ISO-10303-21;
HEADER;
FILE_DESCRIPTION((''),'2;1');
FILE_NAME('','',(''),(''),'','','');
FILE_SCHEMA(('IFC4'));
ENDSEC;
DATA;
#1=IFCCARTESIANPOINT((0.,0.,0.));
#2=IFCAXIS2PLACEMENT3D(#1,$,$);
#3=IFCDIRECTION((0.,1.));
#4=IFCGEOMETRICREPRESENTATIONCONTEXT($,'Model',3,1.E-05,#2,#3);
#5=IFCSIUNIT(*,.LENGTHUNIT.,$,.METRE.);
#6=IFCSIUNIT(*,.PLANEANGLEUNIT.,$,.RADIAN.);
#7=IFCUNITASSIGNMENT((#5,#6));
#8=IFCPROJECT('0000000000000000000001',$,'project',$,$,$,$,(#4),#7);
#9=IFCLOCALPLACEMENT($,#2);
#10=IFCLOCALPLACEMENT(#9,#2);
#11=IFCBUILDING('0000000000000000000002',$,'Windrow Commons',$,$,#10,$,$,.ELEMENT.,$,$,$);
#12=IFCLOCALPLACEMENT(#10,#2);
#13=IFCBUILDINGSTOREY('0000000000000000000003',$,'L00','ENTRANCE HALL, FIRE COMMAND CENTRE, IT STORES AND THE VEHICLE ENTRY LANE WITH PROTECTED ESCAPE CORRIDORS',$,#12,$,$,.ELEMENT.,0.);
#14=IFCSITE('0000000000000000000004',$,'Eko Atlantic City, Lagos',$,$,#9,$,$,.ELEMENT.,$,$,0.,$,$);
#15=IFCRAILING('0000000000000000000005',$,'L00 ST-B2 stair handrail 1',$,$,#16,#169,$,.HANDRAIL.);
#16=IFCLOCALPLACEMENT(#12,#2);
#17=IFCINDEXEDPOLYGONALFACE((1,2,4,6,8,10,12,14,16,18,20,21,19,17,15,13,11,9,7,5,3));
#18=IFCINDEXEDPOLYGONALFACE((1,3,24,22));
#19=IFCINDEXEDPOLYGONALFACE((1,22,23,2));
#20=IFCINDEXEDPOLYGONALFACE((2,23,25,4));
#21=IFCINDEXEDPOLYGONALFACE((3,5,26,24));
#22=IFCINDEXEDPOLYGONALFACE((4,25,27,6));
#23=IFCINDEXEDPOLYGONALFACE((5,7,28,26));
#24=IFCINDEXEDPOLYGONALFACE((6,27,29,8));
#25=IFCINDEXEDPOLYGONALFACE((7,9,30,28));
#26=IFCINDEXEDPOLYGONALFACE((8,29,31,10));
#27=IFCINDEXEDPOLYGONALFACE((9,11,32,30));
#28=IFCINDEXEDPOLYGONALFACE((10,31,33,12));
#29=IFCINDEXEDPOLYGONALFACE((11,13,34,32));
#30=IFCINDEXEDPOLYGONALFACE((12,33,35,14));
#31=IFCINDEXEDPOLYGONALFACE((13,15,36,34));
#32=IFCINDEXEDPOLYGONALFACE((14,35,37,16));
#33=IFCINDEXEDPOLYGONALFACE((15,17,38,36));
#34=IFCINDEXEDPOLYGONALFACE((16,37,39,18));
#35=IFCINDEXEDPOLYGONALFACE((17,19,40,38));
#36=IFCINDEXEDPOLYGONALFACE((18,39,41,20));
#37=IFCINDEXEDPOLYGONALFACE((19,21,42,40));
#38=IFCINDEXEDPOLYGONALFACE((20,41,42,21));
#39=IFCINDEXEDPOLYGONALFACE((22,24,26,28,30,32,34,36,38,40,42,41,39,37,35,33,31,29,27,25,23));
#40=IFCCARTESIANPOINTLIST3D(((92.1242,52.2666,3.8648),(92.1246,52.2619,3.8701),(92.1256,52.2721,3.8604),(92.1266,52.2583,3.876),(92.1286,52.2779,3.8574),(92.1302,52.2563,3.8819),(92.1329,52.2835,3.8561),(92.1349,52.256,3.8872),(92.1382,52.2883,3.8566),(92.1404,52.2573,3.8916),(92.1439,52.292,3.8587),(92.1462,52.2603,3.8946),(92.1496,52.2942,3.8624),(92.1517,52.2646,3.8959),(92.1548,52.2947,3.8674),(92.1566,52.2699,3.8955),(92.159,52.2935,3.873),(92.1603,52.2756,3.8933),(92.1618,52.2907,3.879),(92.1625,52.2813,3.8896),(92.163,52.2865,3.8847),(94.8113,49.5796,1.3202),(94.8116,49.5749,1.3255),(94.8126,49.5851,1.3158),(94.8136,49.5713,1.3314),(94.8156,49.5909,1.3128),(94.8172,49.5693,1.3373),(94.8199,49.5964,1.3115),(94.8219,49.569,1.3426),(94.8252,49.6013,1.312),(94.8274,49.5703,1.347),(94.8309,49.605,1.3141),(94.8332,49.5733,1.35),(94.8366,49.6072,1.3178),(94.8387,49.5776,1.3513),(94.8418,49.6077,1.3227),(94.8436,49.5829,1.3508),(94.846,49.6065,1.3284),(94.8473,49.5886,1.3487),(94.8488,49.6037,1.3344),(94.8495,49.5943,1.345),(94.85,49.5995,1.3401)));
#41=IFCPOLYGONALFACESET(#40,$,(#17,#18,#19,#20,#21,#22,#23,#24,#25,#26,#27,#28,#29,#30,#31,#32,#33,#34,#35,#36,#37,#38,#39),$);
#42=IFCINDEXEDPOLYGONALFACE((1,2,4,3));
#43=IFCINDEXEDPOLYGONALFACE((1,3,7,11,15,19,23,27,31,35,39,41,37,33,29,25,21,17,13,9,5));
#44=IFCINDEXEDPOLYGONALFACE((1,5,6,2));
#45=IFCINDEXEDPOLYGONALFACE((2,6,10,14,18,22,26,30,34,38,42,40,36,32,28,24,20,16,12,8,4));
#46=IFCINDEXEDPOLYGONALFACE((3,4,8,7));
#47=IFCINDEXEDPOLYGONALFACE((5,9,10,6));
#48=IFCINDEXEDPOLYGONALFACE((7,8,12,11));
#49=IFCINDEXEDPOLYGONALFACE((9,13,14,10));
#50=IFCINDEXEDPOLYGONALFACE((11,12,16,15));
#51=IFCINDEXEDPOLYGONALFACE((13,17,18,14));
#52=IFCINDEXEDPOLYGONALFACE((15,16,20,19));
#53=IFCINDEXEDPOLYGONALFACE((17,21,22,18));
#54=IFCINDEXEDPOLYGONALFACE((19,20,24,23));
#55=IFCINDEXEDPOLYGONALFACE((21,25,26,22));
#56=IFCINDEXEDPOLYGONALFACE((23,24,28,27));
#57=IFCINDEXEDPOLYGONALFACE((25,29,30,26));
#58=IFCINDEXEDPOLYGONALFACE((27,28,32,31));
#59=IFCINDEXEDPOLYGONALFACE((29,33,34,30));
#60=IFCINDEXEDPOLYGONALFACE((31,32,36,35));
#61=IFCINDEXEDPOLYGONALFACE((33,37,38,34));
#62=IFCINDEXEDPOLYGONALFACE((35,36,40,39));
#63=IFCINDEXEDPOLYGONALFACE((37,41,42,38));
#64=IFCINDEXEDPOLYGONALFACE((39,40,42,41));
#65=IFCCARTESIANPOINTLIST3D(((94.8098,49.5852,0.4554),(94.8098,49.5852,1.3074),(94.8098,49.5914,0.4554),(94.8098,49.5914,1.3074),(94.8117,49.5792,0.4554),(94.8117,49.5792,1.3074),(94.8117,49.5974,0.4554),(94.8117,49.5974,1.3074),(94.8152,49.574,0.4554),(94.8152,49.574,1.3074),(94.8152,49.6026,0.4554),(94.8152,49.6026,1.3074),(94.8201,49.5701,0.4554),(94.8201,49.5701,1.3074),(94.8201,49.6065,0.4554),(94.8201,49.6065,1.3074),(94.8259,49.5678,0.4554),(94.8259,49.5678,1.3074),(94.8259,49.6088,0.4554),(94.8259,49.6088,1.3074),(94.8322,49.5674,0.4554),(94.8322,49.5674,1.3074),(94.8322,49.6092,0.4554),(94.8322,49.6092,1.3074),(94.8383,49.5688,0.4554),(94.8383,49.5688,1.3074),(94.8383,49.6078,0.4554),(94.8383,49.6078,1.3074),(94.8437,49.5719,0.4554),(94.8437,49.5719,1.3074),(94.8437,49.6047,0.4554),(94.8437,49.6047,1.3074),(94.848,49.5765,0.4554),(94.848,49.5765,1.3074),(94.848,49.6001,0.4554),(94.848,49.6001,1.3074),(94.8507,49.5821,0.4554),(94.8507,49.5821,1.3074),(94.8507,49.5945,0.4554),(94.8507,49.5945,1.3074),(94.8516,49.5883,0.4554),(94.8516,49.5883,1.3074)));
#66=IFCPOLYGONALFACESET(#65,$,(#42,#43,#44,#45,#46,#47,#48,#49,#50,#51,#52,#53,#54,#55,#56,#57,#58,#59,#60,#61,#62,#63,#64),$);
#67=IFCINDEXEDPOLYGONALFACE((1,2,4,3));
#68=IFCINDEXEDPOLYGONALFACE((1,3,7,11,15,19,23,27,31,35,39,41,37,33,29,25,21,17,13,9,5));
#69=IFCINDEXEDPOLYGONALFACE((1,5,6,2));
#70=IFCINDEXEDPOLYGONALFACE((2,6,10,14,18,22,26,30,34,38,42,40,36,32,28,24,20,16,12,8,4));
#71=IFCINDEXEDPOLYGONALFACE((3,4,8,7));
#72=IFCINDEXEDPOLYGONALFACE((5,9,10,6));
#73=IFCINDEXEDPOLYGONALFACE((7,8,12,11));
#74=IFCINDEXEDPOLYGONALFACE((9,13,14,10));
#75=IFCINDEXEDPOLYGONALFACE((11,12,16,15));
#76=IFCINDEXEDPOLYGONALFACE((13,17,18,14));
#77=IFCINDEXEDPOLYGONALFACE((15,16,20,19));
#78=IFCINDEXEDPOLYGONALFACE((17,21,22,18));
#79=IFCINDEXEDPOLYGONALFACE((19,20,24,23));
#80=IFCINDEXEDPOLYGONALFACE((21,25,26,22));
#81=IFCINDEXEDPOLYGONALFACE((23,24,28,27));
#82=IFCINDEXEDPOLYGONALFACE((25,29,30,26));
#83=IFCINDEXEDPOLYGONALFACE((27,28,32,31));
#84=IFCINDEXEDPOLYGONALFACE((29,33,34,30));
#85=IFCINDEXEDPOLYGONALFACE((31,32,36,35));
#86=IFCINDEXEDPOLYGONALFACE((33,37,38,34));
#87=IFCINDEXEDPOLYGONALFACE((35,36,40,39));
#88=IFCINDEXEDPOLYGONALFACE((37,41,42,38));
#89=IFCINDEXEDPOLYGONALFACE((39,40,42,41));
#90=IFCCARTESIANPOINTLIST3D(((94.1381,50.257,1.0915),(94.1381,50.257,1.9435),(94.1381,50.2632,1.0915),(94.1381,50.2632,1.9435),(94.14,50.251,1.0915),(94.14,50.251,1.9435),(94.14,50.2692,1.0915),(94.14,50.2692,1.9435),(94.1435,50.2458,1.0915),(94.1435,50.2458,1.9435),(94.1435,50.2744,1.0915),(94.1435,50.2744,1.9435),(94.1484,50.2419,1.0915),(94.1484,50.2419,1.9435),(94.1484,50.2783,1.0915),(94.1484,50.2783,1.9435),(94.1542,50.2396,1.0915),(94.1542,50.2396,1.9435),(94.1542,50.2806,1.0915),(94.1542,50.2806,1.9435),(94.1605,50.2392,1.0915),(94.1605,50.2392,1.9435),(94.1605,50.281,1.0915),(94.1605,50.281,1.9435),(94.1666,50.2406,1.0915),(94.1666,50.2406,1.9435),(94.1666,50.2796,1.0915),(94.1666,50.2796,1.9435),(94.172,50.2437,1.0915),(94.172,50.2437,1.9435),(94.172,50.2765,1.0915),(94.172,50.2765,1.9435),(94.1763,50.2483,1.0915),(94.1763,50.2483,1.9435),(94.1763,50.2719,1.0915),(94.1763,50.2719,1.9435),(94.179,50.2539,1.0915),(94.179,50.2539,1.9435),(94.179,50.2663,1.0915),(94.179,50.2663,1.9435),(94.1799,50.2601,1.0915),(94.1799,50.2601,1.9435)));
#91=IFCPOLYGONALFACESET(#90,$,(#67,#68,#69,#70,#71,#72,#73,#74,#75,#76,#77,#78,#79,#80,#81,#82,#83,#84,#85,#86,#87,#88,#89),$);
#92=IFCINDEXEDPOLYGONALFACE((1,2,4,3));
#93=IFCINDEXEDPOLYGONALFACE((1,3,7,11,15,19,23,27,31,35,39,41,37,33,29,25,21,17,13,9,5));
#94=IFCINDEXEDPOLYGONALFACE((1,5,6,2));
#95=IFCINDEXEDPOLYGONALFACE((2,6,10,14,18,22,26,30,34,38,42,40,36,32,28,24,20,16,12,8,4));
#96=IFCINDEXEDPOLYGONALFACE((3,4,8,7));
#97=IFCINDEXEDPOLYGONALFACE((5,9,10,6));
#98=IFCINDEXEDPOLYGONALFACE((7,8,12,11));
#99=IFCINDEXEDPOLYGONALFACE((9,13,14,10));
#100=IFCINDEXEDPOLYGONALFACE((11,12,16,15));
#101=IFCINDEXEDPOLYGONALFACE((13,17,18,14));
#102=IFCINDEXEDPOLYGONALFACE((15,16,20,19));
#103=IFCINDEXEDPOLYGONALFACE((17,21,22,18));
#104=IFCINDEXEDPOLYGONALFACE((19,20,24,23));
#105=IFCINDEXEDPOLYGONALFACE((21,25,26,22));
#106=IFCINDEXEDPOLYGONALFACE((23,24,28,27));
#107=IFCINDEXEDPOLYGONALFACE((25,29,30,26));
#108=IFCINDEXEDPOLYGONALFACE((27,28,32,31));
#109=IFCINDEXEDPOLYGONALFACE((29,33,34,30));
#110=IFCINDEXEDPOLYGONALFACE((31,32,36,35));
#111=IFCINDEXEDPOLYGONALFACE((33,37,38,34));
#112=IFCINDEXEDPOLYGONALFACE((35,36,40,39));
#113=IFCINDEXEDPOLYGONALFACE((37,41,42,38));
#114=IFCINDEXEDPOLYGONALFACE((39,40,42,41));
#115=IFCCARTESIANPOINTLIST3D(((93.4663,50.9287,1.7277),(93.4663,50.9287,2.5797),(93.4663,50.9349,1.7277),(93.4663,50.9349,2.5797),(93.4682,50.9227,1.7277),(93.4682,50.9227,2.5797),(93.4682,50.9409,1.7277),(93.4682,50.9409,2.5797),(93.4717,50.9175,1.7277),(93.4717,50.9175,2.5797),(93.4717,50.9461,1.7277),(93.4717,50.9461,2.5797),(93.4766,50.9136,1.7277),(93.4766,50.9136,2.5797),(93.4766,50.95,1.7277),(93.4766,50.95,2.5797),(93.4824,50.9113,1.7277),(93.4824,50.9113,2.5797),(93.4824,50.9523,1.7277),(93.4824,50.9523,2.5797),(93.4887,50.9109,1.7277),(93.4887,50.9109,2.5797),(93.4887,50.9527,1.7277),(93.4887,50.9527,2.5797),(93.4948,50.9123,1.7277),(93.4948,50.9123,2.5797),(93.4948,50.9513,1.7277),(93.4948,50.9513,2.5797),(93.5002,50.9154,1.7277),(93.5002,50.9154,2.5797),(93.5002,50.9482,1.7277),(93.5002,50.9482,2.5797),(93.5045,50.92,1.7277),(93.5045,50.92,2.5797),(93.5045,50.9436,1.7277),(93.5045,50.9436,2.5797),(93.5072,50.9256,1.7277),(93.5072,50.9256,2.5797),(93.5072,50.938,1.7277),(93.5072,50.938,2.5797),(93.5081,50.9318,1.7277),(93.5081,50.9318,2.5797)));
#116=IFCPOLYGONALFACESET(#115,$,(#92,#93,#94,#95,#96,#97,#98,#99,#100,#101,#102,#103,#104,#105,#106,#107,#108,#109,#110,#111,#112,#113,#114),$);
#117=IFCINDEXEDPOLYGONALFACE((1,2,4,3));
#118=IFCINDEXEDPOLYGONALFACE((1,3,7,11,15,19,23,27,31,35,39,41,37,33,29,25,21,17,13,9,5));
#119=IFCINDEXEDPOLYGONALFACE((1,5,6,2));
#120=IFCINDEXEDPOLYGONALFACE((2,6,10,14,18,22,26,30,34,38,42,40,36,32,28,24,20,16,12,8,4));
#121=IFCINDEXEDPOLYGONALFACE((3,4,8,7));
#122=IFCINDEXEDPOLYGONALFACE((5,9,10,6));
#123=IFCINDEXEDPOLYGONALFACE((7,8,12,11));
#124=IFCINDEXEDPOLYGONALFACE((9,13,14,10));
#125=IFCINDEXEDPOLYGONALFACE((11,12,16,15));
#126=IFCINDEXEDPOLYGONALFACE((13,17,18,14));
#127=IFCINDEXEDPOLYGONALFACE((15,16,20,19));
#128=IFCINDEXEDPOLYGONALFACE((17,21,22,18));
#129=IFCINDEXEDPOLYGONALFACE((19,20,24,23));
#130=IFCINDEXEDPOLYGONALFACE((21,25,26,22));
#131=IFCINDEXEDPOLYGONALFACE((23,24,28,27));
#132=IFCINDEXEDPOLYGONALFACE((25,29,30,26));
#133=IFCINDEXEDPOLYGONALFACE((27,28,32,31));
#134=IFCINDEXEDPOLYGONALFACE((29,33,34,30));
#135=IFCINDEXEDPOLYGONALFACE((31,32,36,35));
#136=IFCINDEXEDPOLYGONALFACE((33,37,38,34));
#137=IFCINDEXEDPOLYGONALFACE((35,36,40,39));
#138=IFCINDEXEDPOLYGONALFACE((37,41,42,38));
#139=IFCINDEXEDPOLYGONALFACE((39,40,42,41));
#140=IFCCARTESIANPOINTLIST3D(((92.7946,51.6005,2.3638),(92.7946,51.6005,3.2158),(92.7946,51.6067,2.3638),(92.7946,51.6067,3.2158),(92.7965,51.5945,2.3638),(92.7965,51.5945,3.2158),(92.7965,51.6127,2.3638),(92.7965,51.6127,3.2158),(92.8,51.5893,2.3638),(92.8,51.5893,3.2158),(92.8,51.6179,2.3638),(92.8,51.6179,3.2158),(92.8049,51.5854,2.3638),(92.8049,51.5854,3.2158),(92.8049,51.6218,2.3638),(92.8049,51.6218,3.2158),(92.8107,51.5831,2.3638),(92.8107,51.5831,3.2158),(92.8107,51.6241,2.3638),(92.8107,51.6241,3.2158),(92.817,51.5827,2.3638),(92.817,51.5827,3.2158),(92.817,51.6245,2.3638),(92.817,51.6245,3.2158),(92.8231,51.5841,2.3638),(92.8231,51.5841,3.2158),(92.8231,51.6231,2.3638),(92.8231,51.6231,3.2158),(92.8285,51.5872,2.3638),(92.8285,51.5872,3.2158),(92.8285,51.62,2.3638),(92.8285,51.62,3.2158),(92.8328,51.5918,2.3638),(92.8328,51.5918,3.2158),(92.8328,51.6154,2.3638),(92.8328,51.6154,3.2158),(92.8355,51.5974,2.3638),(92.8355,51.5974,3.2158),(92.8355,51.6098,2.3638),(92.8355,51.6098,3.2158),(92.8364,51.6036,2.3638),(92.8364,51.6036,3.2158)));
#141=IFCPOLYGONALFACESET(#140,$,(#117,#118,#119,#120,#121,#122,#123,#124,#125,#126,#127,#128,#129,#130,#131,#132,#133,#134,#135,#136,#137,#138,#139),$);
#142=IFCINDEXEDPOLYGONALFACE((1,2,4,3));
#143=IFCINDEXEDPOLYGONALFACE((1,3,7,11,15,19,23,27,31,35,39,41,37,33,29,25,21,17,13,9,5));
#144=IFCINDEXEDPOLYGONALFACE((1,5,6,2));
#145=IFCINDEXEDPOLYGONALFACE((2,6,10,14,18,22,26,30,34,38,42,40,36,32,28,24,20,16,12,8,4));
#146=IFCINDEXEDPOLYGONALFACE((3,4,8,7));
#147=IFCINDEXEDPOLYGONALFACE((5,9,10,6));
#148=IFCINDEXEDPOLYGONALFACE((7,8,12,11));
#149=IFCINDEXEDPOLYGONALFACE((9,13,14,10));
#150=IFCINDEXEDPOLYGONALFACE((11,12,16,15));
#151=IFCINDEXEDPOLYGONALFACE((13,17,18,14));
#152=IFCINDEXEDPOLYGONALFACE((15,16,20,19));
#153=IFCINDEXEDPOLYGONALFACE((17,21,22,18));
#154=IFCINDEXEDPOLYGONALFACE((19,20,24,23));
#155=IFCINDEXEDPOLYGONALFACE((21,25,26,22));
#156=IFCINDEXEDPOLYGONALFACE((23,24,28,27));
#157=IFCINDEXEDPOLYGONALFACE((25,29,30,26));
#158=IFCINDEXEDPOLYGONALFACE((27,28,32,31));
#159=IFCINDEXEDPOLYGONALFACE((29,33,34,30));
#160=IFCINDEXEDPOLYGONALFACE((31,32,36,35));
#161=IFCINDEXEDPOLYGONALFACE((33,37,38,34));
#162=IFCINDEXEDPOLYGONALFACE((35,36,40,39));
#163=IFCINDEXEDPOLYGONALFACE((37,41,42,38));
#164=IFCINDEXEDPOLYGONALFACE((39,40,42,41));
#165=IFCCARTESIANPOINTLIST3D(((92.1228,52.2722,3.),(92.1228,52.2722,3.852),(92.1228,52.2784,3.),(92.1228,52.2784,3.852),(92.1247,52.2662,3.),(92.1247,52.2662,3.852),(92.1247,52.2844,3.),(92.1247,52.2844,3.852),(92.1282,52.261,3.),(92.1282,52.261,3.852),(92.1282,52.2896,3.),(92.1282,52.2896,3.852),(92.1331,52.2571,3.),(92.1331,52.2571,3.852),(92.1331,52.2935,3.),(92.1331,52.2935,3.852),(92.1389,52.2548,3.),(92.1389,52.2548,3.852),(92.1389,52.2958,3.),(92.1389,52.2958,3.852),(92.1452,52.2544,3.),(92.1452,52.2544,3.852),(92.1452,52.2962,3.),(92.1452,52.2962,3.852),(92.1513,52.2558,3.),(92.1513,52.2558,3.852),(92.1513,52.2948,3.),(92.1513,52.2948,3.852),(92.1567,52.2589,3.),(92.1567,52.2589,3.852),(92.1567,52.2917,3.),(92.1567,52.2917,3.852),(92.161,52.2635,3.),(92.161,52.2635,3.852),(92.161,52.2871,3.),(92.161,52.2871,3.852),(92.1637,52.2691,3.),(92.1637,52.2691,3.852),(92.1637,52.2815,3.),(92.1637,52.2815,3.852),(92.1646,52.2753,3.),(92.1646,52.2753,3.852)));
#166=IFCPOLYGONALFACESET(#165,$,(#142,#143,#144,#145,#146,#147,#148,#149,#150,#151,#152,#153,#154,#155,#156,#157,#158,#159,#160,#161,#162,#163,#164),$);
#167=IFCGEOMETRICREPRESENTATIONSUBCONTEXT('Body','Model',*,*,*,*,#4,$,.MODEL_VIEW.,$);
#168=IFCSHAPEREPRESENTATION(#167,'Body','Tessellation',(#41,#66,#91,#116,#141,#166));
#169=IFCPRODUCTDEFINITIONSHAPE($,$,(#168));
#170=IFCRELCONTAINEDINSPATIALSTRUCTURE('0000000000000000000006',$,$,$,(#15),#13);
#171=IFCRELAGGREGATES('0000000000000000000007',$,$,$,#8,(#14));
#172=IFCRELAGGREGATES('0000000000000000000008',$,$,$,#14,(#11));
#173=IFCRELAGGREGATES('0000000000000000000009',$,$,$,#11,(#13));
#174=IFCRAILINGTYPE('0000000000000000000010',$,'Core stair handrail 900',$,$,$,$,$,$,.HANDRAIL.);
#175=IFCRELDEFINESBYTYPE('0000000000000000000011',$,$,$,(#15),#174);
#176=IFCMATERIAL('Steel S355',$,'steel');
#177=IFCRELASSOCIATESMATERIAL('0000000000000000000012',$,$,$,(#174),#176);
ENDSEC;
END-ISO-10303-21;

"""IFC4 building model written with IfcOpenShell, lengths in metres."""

from ifc_helpers import new_model, si_unit, direction, frame, origin, origin_2d, place, context, subcontext, project, spatial, circle, extrude, material, type_object, element, save


model = new_model("IFC4")

# Units and contexts
model_context = context("Model", 3, precision=1e-05, world=origin(), true_north=direction((0.0, 1.0)))
body_context = subcontext(model_context, "Body", "Model", "MODEL_VIEW")
ifc_project = project(units=[si_unit("LENGTHUNIT", "METRE"), si_unit("PLANEANGLEUNIT", "RADIAN")], contexts=[model_context])

# Site, building, storey
site_placement = place(None, origin())
site = spatial("IfcSite", under=ifc_project, at=site_placement, Name="Eko Atlantic City, Lagos", CompositionType="ELEMENT", RefElevation=0.0)
building_placement = place(site_placement, origin())
building = spatial("IfcBuilding", under=site, at=building_placement, Name="Windrow Commons", CompositionType="ELEMENT")
storey_placement = place(building_placement, origin())
storey = spatial("IfcBuildingStorey", under=building, at=storey_placement, Name="L00", Description="ENTRANCE HALL, FIRE COMMAND CENTRE, IT STORES AND THE VEHICLE ENTRY LANE WITH PROTECTED ESCAPE CORRIDORS", CompositionType="ELEMENT", Elevation=0.0)

# Railing
ifc_material_1 = material(Name="Steel S355", Category="steel")
railing_type_1 = type_object("IfcRailingType", Name="Core stair handrail 900", PredefinedType="HANDRAIL", material=ifc_material_1)
railing_1_placement = place(storey_placement, frame((94.8306, 49.5883, 0.4554)))
element("IfcRailing", 1, at=railing_1_placement, inside=storey, type_object=railing_type_1, Name="L00 ST-B2 stair handrail 1", PredefinedType="HANDRAIL", context=body_context, shape_type="SweptSolid", body=[
    extrude(circle(Radius=0.024, at=origin_2d()), frame((0.0, 0.0, 0.876), z_axis=(-0.587543, 0.587543, 0.556405), x_axis=(-0.707107, -0.707107, 0.0)), (0.0, 0.0, 1.0), 4.5733),
    extrude(circle(Radius=0.021, at=origin_2d()), origin(), (0.0, 0.0, 1.0), 0.852),
    extrude(circle(Radius=0.021, at=origin_2d()), frame((-0.6717, 0.6718, 0.6361)), (0.0, 0.0, 1.0), 0.852),
    extrude(circle(Radius=0.021, at=origin_2d()), frame((-1.3435, 1.3435, 1.2723)), (0.0, 0.0, 1.0), 0.852),
    extrude(circle(Radius=0.021, at=origin_2d()), frame((-2.0152, 2.0153, 1.9084)), (0.0, 0.0, 1.0), 0.852),
    extrude(circle(Radius=0.021, at=origin_2d()), frame((-2.687, 2.687, 2.5446)), (0.0, 0.0, 1.0), 0.852),
])

save(model, "model.ifc")
